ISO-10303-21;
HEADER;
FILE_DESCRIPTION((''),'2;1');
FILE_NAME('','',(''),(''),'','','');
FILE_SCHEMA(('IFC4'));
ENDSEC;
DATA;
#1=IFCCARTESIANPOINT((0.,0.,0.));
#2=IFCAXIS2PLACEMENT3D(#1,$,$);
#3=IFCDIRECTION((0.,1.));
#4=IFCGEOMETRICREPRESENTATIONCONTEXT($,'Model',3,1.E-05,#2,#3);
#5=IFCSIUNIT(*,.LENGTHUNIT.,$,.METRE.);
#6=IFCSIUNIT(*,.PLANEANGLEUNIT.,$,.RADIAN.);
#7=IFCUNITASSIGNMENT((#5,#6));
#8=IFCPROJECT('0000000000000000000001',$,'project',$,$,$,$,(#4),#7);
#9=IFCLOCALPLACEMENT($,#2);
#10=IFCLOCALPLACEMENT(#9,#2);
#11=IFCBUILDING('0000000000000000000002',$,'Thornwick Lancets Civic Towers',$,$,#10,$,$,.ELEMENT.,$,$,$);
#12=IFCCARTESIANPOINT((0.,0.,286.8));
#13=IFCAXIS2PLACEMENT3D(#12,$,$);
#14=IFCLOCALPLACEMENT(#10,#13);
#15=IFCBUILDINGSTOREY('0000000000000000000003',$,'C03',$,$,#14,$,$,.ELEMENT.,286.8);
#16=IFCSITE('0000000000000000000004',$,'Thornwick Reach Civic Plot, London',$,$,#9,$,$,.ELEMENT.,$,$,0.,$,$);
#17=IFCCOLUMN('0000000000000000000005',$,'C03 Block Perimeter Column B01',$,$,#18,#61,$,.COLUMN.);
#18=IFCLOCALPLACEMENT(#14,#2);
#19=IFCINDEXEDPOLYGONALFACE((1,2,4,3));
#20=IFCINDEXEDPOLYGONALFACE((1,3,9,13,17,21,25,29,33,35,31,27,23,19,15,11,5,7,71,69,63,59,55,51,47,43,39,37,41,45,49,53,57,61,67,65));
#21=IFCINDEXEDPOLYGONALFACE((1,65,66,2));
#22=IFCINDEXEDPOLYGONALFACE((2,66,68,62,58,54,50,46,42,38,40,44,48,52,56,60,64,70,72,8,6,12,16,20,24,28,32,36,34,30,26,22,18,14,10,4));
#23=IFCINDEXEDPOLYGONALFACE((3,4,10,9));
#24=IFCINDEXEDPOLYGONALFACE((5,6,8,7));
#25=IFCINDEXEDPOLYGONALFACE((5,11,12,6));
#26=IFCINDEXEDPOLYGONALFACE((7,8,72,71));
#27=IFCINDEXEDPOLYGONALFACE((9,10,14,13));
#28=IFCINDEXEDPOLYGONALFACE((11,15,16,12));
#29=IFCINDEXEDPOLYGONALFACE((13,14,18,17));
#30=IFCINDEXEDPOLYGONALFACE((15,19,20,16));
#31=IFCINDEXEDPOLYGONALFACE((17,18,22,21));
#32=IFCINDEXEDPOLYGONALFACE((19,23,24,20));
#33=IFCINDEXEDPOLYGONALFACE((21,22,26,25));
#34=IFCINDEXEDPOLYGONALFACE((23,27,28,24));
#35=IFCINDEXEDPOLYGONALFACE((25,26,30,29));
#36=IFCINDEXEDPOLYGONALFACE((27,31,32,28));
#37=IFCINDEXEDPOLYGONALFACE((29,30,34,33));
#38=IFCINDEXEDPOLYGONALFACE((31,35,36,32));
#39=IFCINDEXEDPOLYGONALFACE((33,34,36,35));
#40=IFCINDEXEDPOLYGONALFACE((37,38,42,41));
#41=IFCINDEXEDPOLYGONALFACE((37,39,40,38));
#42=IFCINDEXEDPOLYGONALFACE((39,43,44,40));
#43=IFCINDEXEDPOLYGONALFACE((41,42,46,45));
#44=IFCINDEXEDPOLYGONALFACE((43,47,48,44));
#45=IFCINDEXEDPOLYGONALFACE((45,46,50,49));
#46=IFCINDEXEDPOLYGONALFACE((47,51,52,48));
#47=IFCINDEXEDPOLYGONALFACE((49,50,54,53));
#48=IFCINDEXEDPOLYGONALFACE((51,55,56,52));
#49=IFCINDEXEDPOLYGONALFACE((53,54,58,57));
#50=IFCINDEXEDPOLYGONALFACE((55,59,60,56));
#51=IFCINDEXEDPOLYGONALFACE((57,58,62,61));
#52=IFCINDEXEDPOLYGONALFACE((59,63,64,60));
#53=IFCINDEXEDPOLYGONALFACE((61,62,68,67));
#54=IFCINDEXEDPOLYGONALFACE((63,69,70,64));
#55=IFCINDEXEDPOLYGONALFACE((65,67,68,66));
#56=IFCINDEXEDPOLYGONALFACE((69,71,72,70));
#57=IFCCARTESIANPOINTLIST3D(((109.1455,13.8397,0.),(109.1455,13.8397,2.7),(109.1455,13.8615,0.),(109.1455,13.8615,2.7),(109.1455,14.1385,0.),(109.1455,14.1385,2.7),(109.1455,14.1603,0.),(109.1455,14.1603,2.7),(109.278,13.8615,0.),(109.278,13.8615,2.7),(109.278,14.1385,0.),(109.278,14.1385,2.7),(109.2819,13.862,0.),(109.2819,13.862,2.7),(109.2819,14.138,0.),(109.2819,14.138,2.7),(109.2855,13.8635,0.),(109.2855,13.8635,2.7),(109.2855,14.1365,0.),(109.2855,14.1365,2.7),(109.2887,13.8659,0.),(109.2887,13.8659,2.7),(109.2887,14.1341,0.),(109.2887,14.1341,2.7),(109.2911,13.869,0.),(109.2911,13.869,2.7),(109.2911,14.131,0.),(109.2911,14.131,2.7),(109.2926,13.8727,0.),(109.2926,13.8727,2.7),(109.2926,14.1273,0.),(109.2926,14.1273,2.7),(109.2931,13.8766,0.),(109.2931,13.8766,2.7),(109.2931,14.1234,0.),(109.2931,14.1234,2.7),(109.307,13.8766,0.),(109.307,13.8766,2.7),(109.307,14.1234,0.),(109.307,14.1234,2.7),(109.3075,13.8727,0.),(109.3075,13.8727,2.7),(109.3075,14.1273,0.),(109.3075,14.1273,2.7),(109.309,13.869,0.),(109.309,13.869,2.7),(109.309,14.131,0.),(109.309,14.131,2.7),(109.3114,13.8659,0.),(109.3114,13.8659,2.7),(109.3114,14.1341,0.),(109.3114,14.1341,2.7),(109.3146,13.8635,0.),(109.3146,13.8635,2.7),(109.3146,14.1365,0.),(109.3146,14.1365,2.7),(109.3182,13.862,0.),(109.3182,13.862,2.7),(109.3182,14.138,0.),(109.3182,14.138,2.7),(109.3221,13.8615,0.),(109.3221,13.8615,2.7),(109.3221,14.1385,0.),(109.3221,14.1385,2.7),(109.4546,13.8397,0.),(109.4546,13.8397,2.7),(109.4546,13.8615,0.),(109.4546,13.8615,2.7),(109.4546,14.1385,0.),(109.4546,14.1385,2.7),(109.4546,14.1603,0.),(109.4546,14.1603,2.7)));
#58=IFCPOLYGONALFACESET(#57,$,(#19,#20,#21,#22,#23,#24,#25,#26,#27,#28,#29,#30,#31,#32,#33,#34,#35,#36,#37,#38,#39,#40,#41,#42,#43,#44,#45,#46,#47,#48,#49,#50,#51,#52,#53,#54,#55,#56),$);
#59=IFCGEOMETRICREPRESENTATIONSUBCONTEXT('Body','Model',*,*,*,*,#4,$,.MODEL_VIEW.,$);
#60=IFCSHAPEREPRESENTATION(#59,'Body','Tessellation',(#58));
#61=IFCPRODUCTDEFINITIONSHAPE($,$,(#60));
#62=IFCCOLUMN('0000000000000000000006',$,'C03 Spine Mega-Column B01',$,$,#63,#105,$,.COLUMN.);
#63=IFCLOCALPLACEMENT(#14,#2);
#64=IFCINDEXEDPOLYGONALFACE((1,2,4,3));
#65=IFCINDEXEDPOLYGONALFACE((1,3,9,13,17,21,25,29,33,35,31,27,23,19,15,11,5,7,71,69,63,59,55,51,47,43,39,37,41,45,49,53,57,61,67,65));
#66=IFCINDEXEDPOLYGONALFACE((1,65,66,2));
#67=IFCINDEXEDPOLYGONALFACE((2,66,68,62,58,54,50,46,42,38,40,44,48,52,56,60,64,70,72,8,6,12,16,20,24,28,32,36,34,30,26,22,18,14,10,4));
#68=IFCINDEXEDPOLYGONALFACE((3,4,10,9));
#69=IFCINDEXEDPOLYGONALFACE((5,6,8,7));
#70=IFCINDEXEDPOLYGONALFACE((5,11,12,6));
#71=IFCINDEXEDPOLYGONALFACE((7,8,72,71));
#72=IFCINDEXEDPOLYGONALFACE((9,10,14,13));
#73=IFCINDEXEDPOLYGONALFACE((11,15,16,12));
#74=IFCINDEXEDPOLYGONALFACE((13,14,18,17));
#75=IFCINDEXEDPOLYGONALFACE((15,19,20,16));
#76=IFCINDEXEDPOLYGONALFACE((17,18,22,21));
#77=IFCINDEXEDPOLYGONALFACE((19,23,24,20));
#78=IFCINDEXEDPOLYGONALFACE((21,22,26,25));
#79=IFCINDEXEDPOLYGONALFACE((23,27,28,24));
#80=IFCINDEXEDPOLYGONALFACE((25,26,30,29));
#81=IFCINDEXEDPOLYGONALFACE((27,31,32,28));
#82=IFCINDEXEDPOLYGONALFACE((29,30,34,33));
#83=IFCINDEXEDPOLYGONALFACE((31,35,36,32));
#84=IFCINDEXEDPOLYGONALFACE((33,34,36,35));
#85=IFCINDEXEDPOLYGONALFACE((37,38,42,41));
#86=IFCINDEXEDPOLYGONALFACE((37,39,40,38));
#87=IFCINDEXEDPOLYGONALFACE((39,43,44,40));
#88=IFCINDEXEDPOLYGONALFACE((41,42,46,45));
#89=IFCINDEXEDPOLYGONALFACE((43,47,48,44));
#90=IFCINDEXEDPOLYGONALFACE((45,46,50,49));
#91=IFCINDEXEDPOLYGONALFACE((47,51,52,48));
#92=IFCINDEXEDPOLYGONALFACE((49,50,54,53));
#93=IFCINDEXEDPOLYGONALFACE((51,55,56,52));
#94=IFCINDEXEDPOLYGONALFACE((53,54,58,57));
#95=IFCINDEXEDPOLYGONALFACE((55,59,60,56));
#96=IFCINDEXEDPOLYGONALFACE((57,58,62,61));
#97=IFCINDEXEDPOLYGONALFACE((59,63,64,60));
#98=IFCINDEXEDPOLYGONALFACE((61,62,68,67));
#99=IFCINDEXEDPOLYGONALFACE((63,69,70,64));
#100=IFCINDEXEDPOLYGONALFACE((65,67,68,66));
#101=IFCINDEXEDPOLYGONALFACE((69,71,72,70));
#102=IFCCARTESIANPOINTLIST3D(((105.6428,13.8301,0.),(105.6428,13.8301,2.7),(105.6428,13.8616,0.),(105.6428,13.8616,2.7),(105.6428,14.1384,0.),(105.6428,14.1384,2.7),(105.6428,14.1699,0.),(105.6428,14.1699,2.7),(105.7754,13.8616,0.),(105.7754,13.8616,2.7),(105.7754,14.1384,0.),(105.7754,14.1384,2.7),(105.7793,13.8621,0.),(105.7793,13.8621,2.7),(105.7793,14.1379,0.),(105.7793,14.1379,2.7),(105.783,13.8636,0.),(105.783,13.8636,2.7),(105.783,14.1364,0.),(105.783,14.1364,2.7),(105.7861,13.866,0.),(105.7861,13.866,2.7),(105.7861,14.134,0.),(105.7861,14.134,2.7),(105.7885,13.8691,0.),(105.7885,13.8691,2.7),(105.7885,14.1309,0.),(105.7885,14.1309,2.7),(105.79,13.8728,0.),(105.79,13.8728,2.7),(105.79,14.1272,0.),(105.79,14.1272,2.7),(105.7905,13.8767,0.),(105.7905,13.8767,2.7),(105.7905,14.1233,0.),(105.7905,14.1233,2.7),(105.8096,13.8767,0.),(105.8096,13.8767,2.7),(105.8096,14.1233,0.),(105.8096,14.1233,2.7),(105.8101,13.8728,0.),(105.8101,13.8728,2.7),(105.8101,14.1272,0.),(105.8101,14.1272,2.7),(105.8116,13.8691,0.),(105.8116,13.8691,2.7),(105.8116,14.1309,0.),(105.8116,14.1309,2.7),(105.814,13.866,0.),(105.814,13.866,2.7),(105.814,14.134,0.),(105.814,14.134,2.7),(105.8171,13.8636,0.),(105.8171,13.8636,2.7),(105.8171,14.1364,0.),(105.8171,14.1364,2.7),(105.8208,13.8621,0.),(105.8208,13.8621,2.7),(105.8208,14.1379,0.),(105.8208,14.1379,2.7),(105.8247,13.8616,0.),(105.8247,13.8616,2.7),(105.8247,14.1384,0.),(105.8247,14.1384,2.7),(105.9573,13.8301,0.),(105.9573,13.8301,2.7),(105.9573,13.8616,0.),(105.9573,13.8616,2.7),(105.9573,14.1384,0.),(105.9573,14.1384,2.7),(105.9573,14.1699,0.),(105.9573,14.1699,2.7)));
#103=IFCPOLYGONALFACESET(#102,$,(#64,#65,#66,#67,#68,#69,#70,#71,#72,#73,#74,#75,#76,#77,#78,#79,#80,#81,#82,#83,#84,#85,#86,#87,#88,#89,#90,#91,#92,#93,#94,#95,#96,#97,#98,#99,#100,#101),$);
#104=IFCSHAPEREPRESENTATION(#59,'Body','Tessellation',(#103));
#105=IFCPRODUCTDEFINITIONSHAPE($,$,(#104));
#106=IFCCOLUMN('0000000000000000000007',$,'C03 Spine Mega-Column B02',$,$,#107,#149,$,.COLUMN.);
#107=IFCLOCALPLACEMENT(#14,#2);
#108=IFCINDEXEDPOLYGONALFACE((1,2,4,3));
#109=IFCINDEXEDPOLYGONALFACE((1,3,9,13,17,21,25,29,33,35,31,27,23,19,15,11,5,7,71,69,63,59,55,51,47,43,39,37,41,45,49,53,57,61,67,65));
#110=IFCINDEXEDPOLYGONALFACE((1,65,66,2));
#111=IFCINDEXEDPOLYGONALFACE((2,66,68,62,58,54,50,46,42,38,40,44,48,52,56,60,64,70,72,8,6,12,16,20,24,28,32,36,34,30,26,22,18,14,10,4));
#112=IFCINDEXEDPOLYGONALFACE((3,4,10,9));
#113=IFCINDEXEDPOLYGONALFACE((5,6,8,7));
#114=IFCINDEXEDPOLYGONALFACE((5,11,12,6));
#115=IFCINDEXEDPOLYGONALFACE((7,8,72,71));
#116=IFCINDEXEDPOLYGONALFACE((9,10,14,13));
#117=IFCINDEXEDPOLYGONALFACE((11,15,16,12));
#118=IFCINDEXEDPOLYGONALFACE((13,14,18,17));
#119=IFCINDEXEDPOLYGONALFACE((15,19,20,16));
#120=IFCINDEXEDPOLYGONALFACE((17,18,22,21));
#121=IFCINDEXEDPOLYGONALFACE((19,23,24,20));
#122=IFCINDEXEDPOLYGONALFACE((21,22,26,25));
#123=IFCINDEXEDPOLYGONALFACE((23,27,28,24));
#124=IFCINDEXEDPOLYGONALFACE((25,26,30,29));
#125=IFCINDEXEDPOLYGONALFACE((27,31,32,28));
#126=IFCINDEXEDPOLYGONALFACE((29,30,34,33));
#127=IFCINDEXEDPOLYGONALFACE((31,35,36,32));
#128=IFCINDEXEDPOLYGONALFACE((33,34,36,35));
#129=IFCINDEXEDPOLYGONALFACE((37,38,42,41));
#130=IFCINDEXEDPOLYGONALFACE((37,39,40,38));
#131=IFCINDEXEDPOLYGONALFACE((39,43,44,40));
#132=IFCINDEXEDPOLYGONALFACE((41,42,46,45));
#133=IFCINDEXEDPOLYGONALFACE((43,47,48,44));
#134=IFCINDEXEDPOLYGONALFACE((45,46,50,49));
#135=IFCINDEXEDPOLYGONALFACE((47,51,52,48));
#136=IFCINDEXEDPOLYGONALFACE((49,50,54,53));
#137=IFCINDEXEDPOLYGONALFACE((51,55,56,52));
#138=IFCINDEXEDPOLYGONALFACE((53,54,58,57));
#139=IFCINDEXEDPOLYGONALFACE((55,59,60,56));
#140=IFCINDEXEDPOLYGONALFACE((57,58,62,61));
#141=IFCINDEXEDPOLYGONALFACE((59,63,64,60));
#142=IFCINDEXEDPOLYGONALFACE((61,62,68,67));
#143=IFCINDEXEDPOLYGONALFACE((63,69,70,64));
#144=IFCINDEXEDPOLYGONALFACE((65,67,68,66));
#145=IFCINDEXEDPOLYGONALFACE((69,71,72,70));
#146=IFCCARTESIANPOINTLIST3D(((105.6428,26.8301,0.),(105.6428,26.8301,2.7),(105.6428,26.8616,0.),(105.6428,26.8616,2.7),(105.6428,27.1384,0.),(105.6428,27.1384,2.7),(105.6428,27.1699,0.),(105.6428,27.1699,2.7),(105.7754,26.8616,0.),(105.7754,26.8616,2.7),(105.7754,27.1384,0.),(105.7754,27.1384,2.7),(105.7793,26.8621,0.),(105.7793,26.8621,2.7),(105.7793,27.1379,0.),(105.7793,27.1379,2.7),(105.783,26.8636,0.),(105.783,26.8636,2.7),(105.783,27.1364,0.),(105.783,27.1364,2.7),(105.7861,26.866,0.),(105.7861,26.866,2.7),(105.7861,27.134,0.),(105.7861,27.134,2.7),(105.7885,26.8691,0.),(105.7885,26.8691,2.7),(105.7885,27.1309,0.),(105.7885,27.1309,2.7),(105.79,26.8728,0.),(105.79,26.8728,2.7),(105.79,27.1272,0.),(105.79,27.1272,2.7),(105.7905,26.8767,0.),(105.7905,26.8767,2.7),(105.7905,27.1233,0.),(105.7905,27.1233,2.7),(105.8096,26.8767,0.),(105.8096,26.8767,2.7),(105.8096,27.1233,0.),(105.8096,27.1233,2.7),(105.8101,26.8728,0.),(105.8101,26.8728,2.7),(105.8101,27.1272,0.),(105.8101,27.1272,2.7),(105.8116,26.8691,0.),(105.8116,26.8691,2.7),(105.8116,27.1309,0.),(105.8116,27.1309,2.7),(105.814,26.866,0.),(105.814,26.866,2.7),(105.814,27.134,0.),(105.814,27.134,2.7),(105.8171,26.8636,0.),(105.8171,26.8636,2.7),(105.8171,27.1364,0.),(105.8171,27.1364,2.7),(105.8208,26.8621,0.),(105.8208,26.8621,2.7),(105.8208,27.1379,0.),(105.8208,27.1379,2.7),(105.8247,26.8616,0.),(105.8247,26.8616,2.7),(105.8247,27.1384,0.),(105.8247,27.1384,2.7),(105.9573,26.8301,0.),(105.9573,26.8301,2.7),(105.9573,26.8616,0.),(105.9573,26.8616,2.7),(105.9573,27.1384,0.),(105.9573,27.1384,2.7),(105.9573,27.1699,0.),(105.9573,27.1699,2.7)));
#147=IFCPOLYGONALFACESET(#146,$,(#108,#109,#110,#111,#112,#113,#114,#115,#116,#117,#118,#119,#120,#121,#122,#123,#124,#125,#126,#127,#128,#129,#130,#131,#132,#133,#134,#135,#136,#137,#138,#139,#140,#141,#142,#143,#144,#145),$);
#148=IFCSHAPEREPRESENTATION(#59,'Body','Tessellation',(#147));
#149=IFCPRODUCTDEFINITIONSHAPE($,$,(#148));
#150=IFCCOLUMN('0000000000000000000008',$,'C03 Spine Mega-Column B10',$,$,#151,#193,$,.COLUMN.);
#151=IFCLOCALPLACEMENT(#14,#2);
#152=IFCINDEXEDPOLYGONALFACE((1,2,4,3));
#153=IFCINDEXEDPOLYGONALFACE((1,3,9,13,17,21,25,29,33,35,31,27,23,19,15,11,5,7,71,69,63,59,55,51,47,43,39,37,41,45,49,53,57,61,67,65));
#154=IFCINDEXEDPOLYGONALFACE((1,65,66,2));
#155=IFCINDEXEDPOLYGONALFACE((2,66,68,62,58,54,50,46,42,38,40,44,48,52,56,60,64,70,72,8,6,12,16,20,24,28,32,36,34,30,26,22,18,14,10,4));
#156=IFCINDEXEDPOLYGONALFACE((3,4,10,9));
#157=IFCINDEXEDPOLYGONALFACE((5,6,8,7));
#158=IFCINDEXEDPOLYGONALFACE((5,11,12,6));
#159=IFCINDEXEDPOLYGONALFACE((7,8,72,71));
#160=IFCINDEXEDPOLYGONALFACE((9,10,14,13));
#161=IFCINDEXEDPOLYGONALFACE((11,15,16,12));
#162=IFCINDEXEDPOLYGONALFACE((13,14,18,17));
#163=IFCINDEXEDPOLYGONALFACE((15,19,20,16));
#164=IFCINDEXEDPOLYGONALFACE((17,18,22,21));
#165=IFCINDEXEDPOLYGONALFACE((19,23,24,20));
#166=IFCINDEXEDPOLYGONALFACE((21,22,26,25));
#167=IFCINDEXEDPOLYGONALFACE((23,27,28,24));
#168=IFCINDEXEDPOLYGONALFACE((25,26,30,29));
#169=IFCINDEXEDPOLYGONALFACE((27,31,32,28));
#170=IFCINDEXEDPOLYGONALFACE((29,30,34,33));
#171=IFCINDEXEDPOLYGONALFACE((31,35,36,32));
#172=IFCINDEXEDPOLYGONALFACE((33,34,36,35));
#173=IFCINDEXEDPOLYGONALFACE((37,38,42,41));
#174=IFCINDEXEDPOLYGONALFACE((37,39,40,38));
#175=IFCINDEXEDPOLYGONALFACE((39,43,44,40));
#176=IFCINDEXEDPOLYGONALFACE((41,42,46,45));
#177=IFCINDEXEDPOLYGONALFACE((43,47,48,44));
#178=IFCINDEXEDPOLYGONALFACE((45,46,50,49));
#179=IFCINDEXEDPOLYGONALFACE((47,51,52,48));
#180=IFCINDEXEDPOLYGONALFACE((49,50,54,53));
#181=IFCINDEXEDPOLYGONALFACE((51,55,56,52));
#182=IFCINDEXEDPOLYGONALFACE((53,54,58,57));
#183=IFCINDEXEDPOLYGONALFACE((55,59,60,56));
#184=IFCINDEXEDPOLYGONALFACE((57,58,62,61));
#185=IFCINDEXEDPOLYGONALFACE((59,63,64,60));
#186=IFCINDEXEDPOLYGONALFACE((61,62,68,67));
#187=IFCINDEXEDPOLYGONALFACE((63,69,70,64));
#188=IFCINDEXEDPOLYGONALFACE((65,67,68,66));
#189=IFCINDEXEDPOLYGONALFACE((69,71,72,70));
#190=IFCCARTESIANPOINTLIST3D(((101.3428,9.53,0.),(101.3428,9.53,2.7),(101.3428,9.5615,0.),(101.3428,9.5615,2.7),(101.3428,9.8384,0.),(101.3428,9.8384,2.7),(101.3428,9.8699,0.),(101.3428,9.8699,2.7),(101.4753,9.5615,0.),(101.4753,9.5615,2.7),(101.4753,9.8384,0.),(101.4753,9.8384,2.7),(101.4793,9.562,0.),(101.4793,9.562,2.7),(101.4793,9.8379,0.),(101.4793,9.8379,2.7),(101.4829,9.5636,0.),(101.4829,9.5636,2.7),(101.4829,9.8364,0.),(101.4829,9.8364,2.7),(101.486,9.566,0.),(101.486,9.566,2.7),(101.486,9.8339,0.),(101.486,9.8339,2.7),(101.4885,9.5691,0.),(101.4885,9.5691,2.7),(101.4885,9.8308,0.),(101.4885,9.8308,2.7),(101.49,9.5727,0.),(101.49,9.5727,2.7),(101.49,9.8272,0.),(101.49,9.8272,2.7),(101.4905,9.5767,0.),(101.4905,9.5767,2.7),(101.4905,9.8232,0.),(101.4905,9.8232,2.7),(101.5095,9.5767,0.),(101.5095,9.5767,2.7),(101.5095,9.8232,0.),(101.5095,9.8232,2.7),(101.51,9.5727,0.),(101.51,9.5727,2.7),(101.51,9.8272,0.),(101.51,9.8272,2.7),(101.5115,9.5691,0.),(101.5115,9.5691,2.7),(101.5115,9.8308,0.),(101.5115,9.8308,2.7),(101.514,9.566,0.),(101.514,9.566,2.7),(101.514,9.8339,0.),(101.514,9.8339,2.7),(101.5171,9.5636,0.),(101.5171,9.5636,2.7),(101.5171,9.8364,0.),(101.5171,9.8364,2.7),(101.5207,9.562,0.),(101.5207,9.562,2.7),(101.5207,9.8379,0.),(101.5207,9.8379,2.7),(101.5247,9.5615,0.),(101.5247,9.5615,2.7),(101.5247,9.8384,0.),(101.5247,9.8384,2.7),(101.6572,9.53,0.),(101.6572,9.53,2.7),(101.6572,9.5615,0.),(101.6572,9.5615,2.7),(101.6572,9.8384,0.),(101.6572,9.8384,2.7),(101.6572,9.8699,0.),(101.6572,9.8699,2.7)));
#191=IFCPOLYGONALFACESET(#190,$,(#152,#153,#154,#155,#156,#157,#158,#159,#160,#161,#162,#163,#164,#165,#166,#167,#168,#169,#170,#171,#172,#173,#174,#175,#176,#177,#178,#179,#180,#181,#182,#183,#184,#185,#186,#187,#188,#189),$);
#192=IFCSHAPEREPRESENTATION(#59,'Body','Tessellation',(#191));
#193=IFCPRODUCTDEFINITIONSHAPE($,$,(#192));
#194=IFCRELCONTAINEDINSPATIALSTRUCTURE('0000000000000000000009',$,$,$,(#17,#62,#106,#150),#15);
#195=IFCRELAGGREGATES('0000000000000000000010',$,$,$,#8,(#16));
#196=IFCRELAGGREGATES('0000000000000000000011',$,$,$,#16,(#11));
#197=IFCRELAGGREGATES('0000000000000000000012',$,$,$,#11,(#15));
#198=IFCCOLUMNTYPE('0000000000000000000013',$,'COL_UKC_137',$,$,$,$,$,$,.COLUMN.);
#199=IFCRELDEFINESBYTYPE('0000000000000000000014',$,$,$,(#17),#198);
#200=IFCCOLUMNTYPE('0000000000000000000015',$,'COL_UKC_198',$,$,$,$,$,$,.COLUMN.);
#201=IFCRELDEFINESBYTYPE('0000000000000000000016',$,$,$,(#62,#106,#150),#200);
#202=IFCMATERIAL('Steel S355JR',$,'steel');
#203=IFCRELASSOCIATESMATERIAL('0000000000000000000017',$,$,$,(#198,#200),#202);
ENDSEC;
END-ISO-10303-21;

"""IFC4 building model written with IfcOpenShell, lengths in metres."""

from ifc_helpers import new_model, si_unit, direction, frame, origin, origin_2d, place, context, subcontext, project, spatial, i_section, extrude, material, material_profile, profile_set, type_object, element, save


model = new_model("IFC4")

# Units and contexts
model_context = context("Model", 3, precision=1e-05, world=origin(), true_north=direction((0.0, 1.0)))
body_context = subcontext(model_context, "Body", "Model", "MODEL_VIEW")
ifc_project = project(units=[si_unit("LENGTHUNIT", "METRE"), si_unit("PLANEANGLEUNIT", "RADIAN")], contexts=[model_context])

# Site, building, storey
site_placement = place(None, origin())
site = spatial("IfcSite", under=ifc_project, at=site_placement, Name="Thornwick Reach Civic Plot, London", CompositionType="ELEMENT", RefElevation=0.0)
building_placement = place(site_placement, origin())
building = spatial("IfcBuilding", under=site, at=building_placement, Name="Thornwick Lancets Civic Towers", CompositionType="ELEMENT")
storey_placement = place(building_placement, frame((0.0, 0.0, 286.8)))
storey = spatial("IfcBuildingStorey", under=building, at=storey_placement, Name="C03", CompositionType="ELEMENT", Elevation=286.8)

# Columns
ifc_material_1 = material(Name="Steel S355JR", Category="steel")
ifc_material_profile_1 = material_profile(ifc_material_1, i_section(OverallWidth=0.3091, OverallDepth=0.3206, WebThickness=0.0139, FlangeThickness=0.0217, FilletRadius=0.0151, at=origin_2d()), Name="UKC 305x305x137")
ifc_profile_set_1 = profile_set([ifc_material_profile_1], Name="Steel S355JR")
column_type_1 = type_object("IfcColumnType", Name="COL_UKC_137", PredefinedType="COLUMN", material=ifc_profile_set_1)
column_placement = place(storey_placement, frame((109.3, 14.0, 0.0), z_axis=(0.0, 0.0, 1.0), x_axis=(1.0, 0.0, 0.0)))
element("IfcColumn", 1, at=column_placement, inside=storey, type_object=column_type_1, Name="C03 Block Perimeter Column B01", PredefinedType="COLUMN", context=body_context, shape_type="SweptSolid", body=[
    extrude(i_section(OverallWidth=0.3091, OverallDepth=0.3206, WebThickness=0.0139, FlangeThickness=0.0217, FilletRadius=0.0151, at=origin_2d()), origin(), (0.0, 0.0, 1.0), 2.7),
])
ifc_material_profile_2 = material_profile(ifc_material_1, i_section(OverallWidth=0.3145, OverallDepth=0.3398, WebThickness=0.019, FlangeThickness=0.0315, FilletRadius=0.0151, at=origin_2d()), Name="UKC 305x305x198")
ifc_profile_set_2 = profile_set([ifc_material_profile_2], Name="Steel S355JR")
column_type_2 = type_object("IfcColumnType", Name="COL_UKC_198", PredefinedType="COLUMN", material=ifc_profile_set_2)
for number, where, z_axis, x_axis, name in (
    (2, (105.8, 14.0, 0.0), (0.0, 0.0, 1.0), (1.0, 0.0, 0.0), "C03 Spine Mega-Column B01"),
    (3, (105.8, 27.0, 0.0), (0.0, 0.0, 1.0), (1.0, 0.0, 0.0), "C03 Spine Mega-Column B02"),
    (4, (101.5, 9.7, 0.0), (0.0, 0.0, 1.0), (1.0, 0.0, 0.0), "C03 Spine Mega-Column B10"),
):
    element("IfcColumn", number, at=place(storey_placement, frame(where, z_axis=z_axis, x_axis=x_axis)), inside=storey, type_object=column_type_2, Name=name, PredefinedType="COLUMN", context=body_context, shape_type="SweptSolid", body=[
        extrude(i_section(OverallWidth=0.3145, OverallDepth=0.3398, WebThickness=0.019, FlangeThickness=0.0315, FilletRadius=0.0151, at=origin_2d()), origin(), (0.0, 0.0, 1.0), 2.7),
    ])

save(model, "model.ifc")
